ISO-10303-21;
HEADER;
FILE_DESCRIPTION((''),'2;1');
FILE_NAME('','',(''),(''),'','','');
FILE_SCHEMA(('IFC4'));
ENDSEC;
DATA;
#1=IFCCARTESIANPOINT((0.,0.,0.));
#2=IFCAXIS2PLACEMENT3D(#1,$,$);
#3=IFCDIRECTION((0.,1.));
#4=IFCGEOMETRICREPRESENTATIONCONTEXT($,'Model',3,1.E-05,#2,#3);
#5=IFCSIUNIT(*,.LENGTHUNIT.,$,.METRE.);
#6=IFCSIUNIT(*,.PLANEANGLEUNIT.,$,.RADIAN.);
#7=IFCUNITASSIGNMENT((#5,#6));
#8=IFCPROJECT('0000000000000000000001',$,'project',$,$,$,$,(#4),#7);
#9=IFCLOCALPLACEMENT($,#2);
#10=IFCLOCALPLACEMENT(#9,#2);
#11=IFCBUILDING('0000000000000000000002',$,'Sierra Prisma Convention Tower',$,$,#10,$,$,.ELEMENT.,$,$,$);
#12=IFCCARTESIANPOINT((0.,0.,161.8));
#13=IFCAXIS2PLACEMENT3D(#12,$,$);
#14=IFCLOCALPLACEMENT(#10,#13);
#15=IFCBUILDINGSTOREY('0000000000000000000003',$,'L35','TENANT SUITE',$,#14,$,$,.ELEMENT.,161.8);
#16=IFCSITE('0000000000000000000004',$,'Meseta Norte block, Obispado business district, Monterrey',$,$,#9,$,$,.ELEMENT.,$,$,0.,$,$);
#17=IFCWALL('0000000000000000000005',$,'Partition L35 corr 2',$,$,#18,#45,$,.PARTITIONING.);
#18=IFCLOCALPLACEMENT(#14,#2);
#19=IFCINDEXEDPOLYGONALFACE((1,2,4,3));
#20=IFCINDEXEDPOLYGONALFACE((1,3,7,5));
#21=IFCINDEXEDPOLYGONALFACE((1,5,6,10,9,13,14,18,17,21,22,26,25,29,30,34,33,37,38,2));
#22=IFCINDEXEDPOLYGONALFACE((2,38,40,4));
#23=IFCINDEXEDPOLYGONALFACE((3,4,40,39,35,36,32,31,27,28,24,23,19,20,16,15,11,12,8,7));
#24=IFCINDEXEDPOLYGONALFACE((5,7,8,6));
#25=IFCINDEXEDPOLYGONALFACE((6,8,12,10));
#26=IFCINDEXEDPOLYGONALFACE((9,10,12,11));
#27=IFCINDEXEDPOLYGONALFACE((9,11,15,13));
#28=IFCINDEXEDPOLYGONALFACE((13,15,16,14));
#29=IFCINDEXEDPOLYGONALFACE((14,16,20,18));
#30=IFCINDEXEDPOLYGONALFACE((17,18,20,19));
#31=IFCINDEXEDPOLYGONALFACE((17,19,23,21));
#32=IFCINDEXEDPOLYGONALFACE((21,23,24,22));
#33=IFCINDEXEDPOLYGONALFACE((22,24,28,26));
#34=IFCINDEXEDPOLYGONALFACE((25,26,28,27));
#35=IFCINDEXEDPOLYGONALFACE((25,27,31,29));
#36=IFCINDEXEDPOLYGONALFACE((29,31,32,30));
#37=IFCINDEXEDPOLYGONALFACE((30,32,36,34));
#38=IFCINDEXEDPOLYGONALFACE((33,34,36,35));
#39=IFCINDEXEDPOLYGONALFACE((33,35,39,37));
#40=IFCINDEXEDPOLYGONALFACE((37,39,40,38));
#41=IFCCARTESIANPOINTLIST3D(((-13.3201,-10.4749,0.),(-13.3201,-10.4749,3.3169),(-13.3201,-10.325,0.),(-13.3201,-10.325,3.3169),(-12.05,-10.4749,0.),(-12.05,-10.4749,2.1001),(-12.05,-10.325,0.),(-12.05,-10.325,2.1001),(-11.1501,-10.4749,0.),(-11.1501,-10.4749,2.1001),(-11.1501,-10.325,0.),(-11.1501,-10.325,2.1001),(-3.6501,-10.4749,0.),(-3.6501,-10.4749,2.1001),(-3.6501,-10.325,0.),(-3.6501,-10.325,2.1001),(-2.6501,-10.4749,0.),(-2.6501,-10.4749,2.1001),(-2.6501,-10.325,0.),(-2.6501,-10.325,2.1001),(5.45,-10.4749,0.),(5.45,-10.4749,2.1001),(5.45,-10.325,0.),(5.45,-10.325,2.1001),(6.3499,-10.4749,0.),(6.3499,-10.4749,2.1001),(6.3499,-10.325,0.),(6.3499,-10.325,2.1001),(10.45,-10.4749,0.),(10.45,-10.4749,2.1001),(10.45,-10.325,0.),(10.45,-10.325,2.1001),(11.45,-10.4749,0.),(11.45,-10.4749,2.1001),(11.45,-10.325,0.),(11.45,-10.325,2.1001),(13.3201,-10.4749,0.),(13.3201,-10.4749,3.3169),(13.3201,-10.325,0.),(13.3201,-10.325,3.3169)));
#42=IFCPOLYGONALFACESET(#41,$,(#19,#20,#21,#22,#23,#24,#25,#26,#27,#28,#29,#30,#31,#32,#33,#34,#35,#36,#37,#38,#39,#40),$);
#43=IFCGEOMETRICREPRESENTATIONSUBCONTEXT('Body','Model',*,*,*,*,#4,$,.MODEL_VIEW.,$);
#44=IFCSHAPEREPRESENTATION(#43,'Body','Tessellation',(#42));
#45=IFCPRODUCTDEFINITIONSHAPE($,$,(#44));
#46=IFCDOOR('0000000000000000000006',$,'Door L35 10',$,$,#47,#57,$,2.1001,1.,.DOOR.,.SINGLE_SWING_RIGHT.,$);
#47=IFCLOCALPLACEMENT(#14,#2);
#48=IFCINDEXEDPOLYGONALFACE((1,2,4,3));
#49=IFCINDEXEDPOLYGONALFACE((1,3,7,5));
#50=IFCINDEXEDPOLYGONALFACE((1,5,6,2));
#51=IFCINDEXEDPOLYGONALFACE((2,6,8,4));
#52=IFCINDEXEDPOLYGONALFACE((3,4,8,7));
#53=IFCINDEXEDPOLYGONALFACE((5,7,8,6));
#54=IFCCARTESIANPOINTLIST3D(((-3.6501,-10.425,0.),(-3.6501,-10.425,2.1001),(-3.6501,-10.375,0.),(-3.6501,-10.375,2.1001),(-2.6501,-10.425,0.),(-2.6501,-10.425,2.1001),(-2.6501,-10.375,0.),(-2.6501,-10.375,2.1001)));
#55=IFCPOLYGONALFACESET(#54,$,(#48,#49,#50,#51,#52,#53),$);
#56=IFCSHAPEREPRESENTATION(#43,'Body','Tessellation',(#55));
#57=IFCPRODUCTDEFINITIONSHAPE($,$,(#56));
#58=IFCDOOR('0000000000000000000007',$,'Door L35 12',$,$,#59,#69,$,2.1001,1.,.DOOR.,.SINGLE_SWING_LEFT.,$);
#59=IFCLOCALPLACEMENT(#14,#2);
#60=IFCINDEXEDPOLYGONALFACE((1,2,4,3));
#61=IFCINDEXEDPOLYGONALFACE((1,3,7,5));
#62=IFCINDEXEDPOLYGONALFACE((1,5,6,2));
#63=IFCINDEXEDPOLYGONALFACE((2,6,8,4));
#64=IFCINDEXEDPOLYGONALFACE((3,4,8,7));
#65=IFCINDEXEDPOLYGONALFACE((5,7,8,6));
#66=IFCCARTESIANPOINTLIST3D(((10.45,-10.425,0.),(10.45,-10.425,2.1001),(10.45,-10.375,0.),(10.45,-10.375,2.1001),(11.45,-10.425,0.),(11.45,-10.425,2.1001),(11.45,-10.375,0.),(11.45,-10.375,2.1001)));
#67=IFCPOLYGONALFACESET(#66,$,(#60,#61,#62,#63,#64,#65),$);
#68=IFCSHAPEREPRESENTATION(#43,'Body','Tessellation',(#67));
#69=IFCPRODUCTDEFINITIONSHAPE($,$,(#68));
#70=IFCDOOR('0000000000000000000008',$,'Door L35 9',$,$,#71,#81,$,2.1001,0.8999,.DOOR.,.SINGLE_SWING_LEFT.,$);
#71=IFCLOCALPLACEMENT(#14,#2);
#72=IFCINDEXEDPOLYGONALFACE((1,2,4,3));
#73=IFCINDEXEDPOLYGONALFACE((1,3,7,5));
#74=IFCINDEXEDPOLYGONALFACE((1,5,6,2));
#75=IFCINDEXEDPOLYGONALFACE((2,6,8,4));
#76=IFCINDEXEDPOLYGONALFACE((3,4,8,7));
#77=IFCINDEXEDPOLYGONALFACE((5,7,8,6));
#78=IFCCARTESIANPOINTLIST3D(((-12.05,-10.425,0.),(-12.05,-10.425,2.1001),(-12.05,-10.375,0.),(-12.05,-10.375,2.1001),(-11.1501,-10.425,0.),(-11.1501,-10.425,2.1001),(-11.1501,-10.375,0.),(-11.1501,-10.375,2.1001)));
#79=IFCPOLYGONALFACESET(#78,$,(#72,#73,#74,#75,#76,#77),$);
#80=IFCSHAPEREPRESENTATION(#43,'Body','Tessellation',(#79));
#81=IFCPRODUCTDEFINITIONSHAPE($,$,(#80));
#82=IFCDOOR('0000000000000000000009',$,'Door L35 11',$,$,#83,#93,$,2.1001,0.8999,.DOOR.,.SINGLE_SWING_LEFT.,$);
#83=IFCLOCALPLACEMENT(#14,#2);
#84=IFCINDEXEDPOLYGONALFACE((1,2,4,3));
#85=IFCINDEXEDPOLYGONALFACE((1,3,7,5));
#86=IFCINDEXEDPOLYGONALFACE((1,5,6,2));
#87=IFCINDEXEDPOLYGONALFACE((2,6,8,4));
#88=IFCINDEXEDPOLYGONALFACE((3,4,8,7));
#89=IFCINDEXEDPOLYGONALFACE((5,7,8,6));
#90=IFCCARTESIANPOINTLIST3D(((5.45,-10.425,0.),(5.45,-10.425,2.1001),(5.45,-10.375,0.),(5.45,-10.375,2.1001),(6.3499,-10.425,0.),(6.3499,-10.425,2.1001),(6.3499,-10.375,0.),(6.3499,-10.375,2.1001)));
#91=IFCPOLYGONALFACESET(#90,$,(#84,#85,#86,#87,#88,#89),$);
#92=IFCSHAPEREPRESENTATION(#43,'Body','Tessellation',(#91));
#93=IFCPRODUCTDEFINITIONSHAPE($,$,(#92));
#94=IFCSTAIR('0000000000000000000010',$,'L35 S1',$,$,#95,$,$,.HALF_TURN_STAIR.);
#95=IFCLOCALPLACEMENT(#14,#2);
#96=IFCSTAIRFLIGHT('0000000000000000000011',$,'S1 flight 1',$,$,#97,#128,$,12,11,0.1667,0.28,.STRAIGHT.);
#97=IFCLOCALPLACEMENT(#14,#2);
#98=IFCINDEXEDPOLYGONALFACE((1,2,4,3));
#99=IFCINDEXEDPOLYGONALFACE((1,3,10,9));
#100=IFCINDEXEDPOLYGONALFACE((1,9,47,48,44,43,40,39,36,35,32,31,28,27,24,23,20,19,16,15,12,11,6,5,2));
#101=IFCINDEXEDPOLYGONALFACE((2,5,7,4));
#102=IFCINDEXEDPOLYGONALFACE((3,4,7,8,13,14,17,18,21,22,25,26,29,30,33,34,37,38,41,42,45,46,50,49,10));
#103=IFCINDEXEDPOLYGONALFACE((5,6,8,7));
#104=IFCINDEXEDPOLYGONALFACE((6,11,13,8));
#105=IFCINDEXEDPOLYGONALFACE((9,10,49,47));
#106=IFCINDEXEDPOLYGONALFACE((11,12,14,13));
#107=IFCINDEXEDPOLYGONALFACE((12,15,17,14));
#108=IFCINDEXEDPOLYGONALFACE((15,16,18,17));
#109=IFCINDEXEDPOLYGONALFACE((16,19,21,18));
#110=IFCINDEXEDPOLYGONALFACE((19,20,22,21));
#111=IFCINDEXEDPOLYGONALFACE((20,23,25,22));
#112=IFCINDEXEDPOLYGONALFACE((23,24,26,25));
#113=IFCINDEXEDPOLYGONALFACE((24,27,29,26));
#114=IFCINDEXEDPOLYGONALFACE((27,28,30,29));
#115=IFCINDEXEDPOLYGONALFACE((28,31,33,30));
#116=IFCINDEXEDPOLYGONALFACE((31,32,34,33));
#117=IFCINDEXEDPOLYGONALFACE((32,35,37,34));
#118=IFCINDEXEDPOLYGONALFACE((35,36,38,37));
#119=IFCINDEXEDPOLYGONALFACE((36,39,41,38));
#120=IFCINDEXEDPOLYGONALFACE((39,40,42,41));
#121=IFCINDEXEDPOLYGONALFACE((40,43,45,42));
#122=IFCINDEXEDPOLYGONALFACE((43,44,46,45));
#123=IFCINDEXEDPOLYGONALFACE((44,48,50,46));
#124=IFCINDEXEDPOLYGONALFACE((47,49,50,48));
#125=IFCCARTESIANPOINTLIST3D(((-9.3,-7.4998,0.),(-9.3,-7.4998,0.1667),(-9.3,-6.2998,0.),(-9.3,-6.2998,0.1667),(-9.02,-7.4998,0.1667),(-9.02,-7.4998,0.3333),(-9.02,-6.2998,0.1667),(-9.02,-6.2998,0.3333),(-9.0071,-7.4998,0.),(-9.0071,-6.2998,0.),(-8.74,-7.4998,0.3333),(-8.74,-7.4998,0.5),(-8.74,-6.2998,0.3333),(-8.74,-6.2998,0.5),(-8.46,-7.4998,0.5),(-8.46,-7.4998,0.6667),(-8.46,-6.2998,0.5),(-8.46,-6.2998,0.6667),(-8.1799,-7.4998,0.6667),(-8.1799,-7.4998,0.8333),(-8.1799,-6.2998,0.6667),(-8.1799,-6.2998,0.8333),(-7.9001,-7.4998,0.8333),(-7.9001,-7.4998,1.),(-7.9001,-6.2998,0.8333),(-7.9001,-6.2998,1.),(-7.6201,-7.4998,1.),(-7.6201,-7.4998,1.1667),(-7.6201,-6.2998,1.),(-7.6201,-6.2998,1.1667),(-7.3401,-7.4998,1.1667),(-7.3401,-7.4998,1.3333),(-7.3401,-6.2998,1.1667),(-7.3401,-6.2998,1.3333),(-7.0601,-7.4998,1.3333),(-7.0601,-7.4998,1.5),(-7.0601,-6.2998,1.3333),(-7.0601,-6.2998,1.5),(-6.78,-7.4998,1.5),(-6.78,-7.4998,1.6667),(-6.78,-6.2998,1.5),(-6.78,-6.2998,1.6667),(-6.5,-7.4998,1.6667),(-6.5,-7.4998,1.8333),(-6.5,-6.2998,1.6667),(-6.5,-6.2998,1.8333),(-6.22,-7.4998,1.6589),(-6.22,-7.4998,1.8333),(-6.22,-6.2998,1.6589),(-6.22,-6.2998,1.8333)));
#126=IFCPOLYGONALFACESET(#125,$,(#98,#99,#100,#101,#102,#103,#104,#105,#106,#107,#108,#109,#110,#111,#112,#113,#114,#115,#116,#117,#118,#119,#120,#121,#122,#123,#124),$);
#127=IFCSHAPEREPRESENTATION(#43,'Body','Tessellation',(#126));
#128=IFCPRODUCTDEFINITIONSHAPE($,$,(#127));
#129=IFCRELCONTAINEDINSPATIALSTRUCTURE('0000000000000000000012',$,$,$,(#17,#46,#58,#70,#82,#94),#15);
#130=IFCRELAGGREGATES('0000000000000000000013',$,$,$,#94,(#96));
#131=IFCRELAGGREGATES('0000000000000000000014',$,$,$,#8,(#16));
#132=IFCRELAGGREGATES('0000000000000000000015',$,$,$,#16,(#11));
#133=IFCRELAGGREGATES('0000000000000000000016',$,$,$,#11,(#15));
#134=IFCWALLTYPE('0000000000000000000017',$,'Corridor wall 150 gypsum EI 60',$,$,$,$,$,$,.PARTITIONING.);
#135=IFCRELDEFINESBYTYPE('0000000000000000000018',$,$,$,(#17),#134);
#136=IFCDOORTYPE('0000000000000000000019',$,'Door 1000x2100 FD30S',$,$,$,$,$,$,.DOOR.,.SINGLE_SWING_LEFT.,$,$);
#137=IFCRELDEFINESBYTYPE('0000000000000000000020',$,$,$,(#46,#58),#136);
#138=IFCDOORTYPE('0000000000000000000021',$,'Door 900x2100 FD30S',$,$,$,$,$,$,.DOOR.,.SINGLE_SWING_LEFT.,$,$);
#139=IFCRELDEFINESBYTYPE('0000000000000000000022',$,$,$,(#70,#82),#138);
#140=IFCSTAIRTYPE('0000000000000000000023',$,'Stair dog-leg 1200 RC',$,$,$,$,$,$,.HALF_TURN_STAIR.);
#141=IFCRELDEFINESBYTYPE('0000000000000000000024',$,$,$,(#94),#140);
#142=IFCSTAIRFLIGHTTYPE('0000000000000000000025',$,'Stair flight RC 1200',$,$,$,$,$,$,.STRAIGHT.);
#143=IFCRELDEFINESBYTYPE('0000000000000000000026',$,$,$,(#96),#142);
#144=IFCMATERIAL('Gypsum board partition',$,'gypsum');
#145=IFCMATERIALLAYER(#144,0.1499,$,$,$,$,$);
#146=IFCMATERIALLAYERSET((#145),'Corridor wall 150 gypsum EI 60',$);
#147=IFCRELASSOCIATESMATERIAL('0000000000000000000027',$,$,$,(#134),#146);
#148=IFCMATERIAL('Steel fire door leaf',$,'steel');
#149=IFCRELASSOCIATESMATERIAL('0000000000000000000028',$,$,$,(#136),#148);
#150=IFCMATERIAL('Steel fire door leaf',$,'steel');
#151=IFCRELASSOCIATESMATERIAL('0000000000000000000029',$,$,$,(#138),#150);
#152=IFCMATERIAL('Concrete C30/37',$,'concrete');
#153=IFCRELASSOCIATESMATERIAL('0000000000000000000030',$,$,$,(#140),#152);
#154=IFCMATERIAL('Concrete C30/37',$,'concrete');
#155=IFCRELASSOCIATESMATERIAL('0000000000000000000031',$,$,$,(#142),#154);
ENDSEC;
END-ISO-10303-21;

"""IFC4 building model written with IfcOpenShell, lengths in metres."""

from ifc_helpers import new_model, si_unit, direction, frame, frame_2d, origin, place, context, subcontext, project, spatial, polyline, rectangle, outline, extrude, material, layer, layer_set, type_object, element, fill, aggregate, save


model = new_model("IFC4")

# Units and contexts
model_context = context("Model", 3, precision=1e-05, world=origin(), true_north=direction((0.0, 1.0)))
body_context = subcontext(model_context, "Body", "Model", "MODEL_VIEW")
ifc_project = project(units=[si_unit("LENGTHUNIT", "METRE"), si_unit("PLANEANGLEUNIT", "RADIAN")], contexts=[model_context])

# Site, building, storey
site_placement = place(None, origin())
site = spatial("IfcSite", under=ifc_project, at=site_placement, Name="Meseta Norte block, Obispado business district, Monterrey", CompositionType="ELEMENT", RefElevation=0.0)
building_placement = place(site_placement, origin())
building = spatial("IfcBuilding", under=site, at=building_placement, Name="Sierra Prisma Convention Tower", CompositionType="ELEMENT")
storey_placement = place(building_placement, frame((0.0, 0.0, 161.8)))
storey = spatial("IfcBuildingStorey", under=building, at=storey_placement, Name="L35", Description="TENANT SUITE", CompositionType="ELEMENT", Elevation=161.8)

# Wall, openings, doors
ifc_material_1 = material(Name="Gypsum board partition", Category="gypsum")
ifc_layer_1 = layer(ifc_material_1, 0.1499)
ifc_layer_set_1 = layer_set([ifc_layer_1], Name="Corridor wall 150 gypsum EI 60")
wall_type_1 = type_object("IfcWallType", Name="Corridor wall 150 gypsum EI 60", PredefinedType="PARTITIONING", material=ifc_layer_set_1)
wall_1_placement = place(storey_placement, frame((-13.3201, -10.3999, 0.0), z_axis=(0.0, 0.0, 1.0), x_axis=(1.0, 0.0, 0.0)))
wall_1 = element("IfcWall", 1, at=wall_1_placement, inside=storey, type_object=wall_type_1, Name="Partition L35 corr 2", PredefinedType="PARTITIONING", context=body_context, shape_type="SweptSolid", body=[
    extrude(rectangle(XDim=26.6401, YDim=0.1499, at=frame_2d((13.3201, 0.0))), origin(), (0.0, 0.0, 1.0), 3.3169),
])
opening_1_placement = place(wall_1_placement, frame((1.27, 0.0, 0.0)))
opening_1 = element("IfcOpeningElement", 2, at=opening_1_placement, cuts=wall_1, PredefinedType="OPENING", context=body_context, shape_type="SweptSolid", body=[
    extrude(rectangle(XDim=0.8999, YDim=2.1001, at=frame_2d((0.45, 1.05))), frame((0.0, 0.075, 0.0), z_axis=(0.0, -1.0, 0.0), x_axis=(1.0, 0.0, 0.0)), (0.0, 0.0, 1.0), 0.1499),
])
opening_2_placement = place(wall_1_placement, frame((9.6699, 0.0, 0.0)))
opening_2 = element("IfcOpeningElement", 3, at=opening_2_placement, cuts=wall_1, PredefinedType="OPENING", context=body_context, shape_type="SweptSolid", body=[
    extrude(rectangle(XDim=1.0, YDim=2.1001, at=frame_2d((0.5, 1.05))), frame((0.0, 0.075, 0.0), z_axis=(0.0, -1.0, 0.0), x_axis=(1.0, 0.0, 0.0)), (0.0, 0.0, 1.0), 0.1499),
])
opening_3_placement = place(wall_1_placement, frame((18.77, 0.0, 0.0)))
opening_3 = element("IfcOpeningElement", 4, at=opening_3_placement, cuts=wall_1, PredefinedType="OPENING", context=body_context, shape_type="SweptSolid", body=[
    extrude(rectangle(XDim=0.8999, YDim=2.1001, at=frame_2d((0.45, 1.05))), frame((0.0, 0.075, 0.0), z_axis=(0.0, -1.0, 0.0), x_axis=(1.0, 0.0, 0.0)), (0.0, 0.0, 1.0), 0.1499),
])
opening_4_placement = place(wall_1_placement, frame((23.77, 0.0, 0.0)))
opening_4 = element("IfcOpeningElement", 5, at=opening_4_placement, cuts=wall_1, PredefinedType="OPENING", context=body_context, shape_type="SweptSolid", body=[
    extrude(rectangle(XDim=1.0, YDim=2.1001, at=frame_2d((0.5, 1.05))), frame((0.0, 0.075, 0.0), z_axis=(0.0, -1.0, 0.0), x_axis=(1.0, 0.0, 0.0)), (0.0, 0.0, 1.0), 0.1499),
])
ifc_material_2 = material(Name="Steel fire door leaf", Category="steel")
door_type_1 = type_object("IfcDoorType", Name="Door 1000x2100 FD30S", OperationType="SINGLE_SWING_LEFT", PredefinedType="DOOR", material=ifc_material_2)
door_1_placement = place(opening_2_placement, origin())
door_1 = element("IfcDoor", 6, at=door_1_placement, inside=storey, type_object=door_type_1, Name="Door L35 10", OperationType="SINGLE_SWING_RIGHT", OverallHeight=2.1001, OverallWidth=1.0, PredefinedType="DOOR", context=body_context, shape_type="SweptSolid", body=[
    extrude(rectangle(XDim=1.0, YDim=2.1001, at=frame_2d((0.5, 1.05))), frame((0.0, 0.0249, 0.0), z_axis=(0.0, -1.0, 0.0), x_axis=(1.0, 0.0, 0.0)), (0.0, 0.0, 1.0), 0.05),
])
fill(opening_2, door_1)
door_2_placement = place(opening_4_placement, origin())
door_2 = element("IfcDoor", 7, at=door_2_placement, inside=storey, type_object=door_type_1, Name="Door L35 12", OperationType="SINGLE_SWING_LEFT", OverallHeight=2.1001, OverallWidth=1.0, PredefinedType="DOOR", context=body_context, shape_type="SweptSolid", body=[
    extrude(rectangle(XDim=1.0, YDim=2.1001, at=frame_2d((0.5, 1.05))), frame((0.0, 0.0249, 0.0), z_axis=(0.0, -1.0, 0.0), x_axis=(1.0, 0.0, 0.0)), (0.0, 0.0, 1.0), 0.05),
])
fill(opening_4, door_2)
ifc_material_3 = material(Name="Steel fire door leaf", Category="steel")
door_type_2 = type_object("IfcDoorType", Name="Door 900x2100 FD30S", OperationType="SINGLE_SWING_LEFT", PredefinedType="DOOR", material=ifc_material_3)
door_3_placement = place(opening_1_placement, origin())
door_3 = element("IfcDoor", 8, at=door_3_placement, inside=storey, type_object=door_type_2, Name="Door L35 9", OperationType="SINGLE_SWING_LEFT", OverallHeight=2.1001, OverallWidth=0.8999, PredefinedType="DOOR", context=body_context, shape_type="SweptSolid", body=[
    extrude(rectangle(XDim=0.8999, YDim=2.1001, at=frame_2d((0.45, 1.05))), frame((0.0, 0.0249, 0.0), z_axis=(0.0, -1.0, 0.0), x_axis=(1.0, 0.0, 0.0)), (0.0, 0.0, 1.0), 0.05),
])
fill(opening_1, door_3)
door_4_placement = place(opening_3_placement, origin())
door_4 = element("IfcDoor", 9, at=door_4_placement, inside=storey, type_object=door_type_2, Name="Door L35 11", OperationType="SINGLE_SWING_LEFT", OverallHeight=2.1001, OverallWidth=0.8999, PredefinedType="DOOR", context=body_context, shape_type="SweptSolid", body=[
    extrude(rectangle(XDim=0.8999, YDim=2.1001, at=frame_2d((0.45, 1.05))), frame((0.0, 0.0249, 0.0), z_axis=(0.0, -1.0, 0.0), x_axis=(1.0, 0.0, 0.0)), (0.0, 0.0, 1.0), 0.05),
])
fill(opening_3, door_4)

# Stair, stair flight
ifc_material_4 = material(Name="Concrete C30/37", Category="concrete")
stair_type = type_object("IfcStairType", Name="Stair dog-leg 1200 RC", PredefinedType="HALF_TURN_STAIR", material=ifc_material_4)
stair_placement = place(storey_placement, origin())
stair = element("IfcStair", 10, at=stair_placement, inside=storey, type_object=stair_type, Name="L35 S1", PredefinedType="HALF_TURN_STAIR")
ifc_material_5 = material(Name="Concrete C30/37", Category="concrete")
stair_flight_type = type_object("IfcStairFlightType", Name="Stair flight RC 1200", PredefinedType="STRAIGHT", material=ifc_material_5)
stair_flight_placement = place(storey_placement, frame((-9.3, -6.8999, 0.0), z_axis=(0.0, 0.0, 1.0), x_axis=(1.0, 0.0, 0.0)))
stair_flight = element("IfcStairFlight", 11, at=stair_flight_placement, type_object=stair_flight_type, Name="S1 flight 1", NumberOfRisers=12, NumberOfTreads=11, PredefinedType="STRAIGHT", RiserHeight=0.1667, TreadLength=0.28, context=body_context, shape_type="SweptSolid", body=[
    extrude(outline(polyline([(0.0, 0.0), (0.0, 0.1667), (0.28, 0.1667), (0.28, 0.3333), (0.5601, 0.3333), (0.5601, 0.5), (0.8401, 0.5), (0.8401, 0.6667), (1.1201, 0.6667), (1.1201, 0.8333), (1.3999, 0.8333), (1.3999, 1.0), (1.6799, 1.0), (1.6799, 1.1667), (1.96, 1.1667), (1.96, 1.3333), (2.24, 1.3333), (2.24, 1.5), (2.52, 1.5), (2.52, 1.6667), (2.8, 1.6667), (2.8, 1.8333), (3.0801, 1.8333), (3.0801, 2.0), (3.0801, 1.6589), (0.293, 0.0), (0.0, 0.0)])), frame((0.0, 0.6001, 0.0), z_axis=(0.0, -1.0, 0.0), x_axis=(1.0, 0.0, 0.0)), (0.0, 0.0, 1.0), 1.2),
])
aggregate(stair, [stair_flight])

save(model, "model.ifc")
